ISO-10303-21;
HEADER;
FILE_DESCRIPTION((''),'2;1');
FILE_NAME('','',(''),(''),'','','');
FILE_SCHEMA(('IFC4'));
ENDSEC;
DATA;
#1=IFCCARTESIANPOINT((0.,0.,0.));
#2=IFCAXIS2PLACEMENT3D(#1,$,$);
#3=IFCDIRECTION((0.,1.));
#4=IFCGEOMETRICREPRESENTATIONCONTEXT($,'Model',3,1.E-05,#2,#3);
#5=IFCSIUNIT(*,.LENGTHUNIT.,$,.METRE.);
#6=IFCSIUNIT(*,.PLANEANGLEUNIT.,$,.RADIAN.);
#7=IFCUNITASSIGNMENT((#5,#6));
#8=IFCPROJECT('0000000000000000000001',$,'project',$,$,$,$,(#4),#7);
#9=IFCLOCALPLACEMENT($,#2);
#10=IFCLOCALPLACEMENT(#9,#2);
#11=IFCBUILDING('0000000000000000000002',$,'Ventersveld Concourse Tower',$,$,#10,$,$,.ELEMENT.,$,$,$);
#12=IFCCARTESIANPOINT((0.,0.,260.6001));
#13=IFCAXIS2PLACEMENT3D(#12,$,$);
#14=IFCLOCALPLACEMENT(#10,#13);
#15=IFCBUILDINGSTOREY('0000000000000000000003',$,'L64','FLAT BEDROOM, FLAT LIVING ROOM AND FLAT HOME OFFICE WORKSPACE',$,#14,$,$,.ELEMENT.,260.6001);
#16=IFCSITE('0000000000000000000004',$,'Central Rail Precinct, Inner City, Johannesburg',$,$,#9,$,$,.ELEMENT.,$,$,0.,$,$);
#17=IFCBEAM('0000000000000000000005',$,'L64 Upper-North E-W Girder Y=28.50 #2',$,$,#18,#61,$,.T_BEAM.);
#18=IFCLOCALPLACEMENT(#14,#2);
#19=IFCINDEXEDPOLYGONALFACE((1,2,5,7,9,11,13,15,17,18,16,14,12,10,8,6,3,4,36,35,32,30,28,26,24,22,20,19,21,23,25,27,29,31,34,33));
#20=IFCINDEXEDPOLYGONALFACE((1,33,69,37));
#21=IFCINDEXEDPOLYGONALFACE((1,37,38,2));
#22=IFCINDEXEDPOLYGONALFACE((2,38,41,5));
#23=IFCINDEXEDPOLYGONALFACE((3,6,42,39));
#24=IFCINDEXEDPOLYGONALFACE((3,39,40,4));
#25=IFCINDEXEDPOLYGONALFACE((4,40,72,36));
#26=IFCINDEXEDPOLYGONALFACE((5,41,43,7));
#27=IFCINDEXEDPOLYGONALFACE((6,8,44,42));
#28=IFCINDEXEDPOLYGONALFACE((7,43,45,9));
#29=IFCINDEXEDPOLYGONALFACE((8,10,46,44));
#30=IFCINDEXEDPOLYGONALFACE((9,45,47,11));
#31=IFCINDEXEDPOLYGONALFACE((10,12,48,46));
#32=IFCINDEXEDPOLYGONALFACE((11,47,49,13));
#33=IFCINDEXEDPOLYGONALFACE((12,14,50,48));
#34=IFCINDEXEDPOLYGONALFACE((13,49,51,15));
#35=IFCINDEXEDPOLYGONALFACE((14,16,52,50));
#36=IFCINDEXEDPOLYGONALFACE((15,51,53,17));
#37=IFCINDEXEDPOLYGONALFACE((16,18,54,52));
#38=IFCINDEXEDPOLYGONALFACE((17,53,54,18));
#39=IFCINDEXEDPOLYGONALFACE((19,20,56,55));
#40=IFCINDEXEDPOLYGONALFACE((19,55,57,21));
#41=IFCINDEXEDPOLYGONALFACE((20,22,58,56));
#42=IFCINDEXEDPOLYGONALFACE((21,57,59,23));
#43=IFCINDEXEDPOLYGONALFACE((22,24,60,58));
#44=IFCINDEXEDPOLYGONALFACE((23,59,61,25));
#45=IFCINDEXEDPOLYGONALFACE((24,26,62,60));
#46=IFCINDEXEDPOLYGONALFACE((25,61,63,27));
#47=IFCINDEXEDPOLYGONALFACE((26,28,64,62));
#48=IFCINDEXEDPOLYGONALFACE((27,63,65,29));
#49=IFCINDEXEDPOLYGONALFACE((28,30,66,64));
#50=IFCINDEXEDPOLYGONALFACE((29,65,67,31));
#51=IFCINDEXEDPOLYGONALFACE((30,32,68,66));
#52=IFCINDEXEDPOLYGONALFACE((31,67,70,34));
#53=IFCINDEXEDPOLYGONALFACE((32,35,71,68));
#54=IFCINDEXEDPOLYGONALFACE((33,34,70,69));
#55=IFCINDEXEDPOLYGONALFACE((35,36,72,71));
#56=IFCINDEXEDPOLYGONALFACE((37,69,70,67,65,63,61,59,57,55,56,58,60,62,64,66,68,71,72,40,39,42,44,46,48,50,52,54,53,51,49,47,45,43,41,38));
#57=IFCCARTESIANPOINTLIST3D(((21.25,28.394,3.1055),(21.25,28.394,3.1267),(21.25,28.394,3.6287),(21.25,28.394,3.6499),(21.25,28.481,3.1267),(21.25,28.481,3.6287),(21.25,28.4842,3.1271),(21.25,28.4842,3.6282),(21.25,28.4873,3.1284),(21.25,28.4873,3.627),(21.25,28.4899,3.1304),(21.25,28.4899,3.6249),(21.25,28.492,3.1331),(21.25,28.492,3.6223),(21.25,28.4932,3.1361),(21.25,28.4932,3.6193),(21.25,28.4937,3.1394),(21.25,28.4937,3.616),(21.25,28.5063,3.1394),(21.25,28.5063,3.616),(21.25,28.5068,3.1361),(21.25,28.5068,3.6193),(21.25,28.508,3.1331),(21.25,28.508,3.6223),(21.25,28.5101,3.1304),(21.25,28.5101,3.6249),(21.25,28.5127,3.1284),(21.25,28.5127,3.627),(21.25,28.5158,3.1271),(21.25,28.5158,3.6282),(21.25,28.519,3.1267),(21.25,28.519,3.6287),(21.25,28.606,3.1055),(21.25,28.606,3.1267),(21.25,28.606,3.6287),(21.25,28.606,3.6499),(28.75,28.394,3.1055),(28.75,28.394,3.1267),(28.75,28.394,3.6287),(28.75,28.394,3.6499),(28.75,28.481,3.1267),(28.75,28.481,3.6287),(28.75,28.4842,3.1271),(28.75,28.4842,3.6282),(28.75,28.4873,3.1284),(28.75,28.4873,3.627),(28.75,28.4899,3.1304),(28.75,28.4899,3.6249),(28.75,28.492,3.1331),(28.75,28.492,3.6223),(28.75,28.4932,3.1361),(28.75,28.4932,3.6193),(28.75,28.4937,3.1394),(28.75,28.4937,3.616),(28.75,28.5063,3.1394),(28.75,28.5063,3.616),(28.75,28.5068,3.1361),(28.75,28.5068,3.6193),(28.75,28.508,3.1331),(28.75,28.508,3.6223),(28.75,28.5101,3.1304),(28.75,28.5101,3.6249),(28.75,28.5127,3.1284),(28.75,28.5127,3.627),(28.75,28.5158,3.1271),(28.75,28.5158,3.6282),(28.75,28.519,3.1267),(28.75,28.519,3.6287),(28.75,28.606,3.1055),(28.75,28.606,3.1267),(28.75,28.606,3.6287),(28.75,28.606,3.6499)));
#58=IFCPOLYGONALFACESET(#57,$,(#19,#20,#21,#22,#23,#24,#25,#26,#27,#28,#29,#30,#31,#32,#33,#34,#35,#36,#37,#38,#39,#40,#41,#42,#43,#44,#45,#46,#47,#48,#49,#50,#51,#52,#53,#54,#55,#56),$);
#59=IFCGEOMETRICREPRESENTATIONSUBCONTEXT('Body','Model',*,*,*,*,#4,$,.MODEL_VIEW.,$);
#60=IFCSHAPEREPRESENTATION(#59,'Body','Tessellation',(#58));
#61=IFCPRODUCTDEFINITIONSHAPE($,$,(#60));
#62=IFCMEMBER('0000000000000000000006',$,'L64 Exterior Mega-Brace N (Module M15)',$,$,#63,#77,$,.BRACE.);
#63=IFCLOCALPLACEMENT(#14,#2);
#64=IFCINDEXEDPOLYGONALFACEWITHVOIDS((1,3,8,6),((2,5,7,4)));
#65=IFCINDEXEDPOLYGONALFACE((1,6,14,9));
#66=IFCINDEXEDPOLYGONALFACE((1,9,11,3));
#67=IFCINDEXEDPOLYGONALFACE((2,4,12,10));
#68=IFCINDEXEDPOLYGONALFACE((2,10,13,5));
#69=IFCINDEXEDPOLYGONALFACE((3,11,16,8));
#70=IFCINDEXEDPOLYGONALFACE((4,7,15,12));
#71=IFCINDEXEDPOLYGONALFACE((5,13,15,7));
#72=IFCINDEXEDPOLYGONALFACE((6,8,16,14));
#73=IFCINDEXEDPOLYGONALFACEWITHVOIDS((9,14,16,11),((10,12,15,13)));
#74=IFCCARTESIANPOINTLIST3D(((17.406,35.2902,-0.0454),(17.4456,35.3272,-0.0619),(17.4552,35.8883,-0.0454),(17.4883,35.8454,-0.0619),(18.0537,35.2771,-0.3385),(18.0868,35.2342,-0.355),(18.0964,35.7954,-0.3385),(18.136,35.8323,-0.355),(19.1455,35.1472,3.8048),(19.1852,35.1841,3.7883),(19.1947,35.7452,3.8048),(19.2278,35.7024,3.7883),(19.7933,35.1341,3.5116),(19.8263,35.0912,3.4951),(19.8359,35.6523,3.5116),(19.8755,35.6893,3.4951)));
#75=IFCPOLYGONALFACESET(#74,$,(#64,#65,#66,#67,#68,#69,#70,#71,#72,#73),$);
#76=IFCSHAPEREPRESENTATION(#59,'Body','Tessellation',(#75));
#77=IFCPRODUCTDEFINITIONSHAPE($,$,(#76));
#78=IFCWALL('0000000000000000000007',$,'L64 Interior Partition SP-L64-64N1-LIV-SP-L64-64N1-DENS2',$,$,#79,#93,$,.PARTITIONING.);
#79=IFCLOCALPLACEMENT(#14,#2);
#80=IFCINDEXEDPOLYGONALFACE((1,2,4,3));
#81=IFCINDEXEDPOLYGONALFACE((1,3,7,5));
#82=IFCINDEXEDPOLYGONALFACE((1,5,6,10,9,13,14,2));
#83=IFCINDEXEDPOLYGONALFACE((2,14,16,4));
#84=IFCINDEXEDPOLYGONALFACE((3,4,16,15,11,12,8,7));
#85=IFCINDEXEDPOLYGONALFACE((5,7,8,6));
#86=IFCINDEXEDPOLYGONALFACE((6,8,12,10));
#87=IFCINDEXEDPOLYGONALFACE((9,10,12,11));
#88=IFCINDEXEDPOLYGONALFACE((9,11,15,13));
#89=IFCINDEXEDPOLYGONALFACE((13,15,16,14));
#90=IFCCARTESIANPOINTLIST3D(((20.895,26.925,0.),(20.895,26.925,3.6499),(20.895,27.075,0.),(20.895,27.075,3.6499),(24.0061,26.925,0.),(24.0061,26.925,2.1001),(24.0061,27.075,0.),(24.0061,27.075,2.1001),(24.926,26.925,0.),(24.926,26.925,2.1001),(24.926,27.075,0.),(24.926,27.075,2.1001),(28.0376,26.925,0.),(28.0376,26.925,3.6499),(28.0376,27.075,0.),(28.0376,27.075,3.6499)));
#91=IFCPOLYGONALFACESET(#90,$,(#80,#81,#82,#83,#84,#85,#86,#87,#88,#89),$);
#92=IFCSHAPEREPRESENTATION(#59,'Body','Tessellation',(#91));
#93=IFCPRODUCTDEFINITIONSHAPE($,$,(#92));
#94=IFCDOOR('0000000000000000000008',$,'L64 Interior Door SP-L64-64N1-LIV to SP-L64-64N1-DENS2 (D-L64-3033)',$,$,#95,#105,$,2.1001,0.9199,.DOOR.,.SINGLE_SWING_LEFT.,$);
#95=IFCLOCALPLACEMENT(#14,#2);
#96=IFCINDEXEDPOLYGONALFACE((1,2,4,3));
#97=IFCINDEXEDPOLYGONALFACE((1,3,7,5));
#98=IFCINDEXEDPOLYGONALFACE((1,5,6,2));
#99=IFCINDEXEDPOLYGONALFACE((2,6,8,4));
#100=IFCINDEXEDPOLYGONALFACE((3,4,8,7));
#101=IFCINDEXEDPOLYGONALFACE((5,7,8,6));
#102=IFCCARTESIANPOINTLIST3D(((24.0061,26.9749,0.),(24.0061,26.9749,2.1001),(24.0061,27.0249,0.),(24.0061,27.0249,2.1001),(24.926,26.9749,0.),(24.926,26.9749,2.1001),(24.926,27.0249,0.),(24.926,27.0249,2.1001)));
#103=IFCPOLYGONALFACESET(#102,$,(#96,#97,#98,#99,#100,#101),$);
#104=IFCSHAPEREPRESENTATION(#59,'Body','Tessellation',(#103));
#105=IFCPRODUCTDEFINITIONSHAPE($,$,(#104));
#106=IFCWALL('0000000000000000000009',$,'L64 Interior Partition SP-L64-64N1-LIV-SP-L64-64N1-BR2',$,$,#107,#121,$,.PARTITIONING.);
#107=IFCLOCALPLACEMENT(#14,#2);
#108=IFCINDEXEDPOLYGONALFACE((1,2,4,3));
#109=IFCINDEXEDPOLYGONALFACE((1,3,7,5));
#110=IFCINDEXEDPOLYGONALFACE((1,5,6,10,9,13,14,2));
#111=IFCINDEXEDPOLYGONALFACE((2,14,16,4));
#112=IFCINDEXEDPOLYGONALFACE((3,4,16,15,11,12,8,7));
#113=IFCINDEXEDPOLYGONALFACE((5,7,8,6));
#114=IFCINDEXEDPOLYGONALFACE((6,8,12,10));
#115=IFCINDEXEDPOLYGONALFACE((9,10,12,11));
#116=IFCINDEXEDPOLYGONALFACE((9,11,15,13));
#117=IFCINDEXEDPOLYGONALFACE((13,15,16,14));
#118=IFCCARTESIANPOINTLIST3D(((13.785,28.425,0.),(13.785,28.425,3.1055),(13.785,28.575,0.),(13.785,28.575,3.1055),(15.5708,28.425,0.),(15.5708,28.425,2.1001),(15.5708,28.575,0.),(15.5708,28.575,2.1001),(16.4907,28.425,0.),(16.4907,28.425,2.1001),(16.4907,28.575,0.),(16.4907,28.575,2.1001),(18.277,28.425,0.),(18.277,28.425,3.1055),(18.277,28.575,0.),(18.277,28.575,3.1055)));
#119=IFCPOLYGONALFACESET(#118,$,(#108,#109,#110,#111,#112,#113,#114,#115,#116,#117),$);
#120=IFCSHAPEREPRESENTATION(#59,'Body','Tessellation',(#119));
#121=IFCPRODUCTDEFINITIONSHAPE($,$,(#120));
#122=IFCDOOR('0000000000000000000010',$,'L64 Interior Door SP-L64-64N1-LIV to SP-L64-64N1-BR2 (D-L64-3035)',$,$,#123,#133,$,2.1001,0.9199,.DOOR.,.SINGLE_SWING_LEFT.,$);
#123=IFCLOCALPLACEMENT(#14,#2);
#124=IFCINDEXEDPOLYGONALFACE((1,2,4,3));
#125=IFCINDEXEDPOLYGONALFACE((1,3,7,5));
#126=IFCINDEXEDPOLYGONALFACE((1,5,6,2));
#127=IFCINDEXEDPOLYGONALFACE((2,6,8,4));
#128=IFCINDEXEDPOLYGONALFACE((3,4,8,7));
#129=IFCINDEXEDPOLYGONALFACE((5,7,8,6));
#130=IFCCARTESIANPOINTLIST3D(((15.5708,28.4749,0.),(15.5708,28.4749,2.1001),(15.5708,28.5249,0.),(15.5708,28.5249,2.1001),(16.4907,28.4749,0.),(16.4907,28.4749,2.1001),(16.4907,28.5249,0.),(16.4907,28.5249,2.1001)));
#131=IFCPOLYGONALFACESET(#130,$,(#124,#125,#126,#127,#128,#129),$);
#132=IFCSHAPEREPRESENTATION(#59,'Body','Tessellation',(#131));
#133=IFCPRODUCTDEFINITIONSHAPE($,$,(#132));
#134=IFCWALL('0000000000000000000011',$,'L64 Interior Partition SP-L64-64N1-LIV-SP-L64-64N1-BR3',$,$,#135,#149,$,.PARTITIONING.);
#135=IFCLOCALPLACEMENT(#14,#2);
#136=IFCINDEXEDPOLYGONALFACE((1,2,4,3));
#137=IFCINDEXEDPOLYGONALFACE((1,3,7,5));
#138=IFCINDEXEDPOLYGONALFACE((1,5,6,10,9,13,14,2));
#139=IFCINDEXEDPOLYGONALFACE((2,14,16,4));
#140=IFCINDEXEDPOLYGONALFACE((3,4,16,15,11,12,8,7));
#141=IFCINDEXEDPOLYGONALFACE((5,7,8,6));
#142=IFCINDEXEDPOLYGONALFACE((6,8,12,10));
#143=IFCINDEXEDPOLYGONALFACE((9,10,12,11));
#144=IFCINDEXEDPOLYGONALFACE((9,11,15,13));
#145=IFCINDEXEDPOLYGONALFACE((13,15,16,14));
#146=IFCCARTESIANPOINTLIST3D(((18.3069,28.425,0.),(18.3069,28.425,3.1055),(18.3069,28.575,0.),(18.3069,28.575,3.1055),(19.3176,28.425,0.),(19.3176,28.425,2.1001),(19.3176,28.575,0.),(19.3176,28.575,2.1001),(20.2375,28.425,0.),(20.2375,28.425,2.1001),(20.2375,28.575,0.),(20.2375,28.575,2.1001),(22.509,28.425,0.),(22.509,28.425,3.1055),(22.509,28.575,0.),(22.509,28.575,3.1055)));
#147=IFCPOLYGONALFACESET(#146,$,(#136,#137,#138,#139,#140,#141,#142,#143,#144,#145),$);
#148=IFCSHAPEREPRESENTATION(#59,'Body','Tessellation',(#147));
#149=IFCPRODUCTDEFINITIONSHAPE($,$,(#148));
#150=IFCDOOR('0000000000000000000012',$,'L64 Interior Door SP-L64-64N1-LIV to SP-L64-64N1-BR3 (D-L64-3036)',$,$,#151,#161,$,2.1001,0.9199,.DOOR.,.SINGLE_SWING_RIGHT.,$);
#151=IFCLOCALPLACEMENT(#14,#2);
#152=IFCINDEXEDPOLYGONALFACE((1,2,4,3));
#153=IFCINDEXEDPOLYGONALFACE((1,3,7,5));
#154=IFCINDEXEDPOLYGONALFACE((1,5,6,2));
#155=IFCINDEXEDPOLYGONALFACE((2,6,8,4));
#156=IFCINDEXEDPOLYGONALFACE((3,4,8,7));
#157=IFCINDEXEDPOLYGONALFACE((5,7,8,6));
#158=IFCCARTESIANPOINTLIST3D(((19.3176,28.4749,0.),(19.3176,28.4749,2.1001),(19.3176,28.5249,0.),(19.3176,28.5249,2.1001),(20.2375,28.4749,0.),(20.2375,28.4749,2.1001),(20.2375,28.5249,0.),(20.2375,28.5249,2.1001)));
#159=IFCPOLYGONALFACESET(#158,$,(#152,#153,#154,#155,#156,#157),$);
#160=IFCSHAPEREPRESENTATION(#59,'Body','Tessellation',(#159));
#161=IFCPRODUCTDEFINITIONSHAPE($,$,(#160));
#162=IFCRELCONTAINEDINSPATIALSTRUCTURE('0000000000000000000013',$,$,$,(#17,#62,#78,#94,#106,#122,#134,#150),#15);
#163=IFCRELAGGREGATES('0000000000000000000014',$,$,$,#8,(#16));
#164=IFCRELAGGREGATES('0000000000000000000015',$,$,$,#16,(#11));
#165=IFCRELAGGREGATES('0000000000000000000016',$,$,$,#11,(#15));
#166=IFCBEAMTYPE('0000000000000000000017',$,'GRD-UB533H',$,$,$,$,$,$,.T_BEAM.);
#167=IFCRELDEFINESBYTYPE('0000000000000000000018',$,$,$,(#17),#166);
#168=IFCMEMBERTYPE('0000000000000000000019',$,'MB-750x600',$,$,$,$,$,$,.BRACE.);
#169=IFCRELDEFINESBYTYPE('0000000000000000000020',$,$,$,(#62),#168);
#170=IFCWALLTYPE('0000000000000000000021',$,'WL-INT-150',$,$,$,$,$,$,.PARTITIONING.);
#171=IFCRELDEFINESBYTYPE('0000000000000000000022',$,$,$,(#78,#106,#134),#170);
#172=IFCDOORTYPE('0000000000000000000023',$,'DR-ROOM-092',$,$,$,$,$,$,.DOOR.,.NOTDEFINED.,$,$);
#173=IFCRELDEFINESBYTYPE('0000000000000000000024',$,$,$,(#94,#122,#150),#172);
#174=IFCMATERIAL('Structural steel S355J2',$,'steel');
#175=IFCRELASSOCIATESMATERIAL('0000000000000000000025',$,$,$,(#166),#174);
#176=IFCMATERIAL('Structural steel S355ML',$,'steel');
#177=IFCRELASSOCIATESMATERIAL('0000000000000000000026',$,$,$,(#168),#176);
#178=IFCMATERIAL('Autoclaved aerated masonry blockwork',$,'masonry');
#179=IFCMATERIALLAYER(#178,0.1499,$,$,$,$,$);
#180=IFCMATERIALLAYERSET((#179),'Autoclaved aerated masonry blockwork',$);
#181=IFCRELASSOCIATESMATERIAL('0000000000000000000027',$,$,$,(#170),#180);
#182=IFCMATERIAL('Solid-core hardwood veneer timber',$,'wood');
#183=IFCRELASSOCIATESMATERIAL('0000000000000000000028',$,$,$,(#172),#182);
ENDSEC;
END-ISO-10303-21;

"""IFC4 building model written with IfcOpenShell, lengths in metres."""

from ifc_helpers import new_model, si_unit, direction, frame, frame_2d, origin, origin_2d, place, context, subcontext, project, spatial, rectangle, hollow_rectangle, i_section, extrude, material, layer, layer_set, material_profile, profile_set, type_object, element, fill, save


model = new_model("IFC4")

# Units and contexts
model_context = context("Model", 3, precision=1e-05, world=origin(), true_north=direction((0.0, 1.0)))
body_context = subcontext(model_context, "Body", "Model", "MODEL_VIEW")
ifc_project = project(units=[si_unit("LENGTHUNIT", "METRE"), si_unit("PLANEANGLEUNIT", "RADIAN")], contexts=[model_context])

# Site, building, storey
site_placement = place(None, origin())
site = spatial("IfcSite", under=ifc_project, at=site_placement, Name="Central Rail Precinct, Inner City, Johannesburg", CompositionType="ELEMENT", RefElevation=0.0)
building_placement = place(site_placement, origin())
building = spatial("IfcBuilding", under=site, at=building_placement, Name="Ventersveld Concourse Tower", CompositionType="ELEMENT")
storey_placement = place(building_placement, frame((0.0, 0.0, 260.6001)))
storey = spatial("IfcBuildingStorey", under=building, at=storey_placement, Name="L64", Description="FLAT BEDROOM, FLAT LIVING ROOM AND FLAT HOME OFFICE WORKSPACE", CompositionType="ELEMENT", Elevation=260.6001)

# Beam
ifc_material_1 = material(Name="Structural steel S355J2", Category="steel")
ifc_material_profile_1 = material_profile(ifc_material_1, i_section(OverallWidth=0.2119, OverallDepth=0.5444, WebThickness=0.0127, FlangeThickness=0.0212, FilletRadius=0.0127, at=origin_2d()), Name="UB 533x210x122")
ifc_profile_set_1 = profile_set([ifc_material_profile_1], Name="Structural steel S355J2")
beam_type_1 = type_object("IfcBeamType", Name="GRD-UB533H", PredefinedType="T_BEAM", material=ifc_profile_set_1)
for number, where, z_axis, x_axis, name in (
    (1, (21.25, 28.5, 3.3777), (1.0, 0.0, 0.0), (0.0, 1.0, 0.0), "L64 Upper-North E-W Girder Y=28.50 #2"),
):
    element("IfcBeam", number, at=place(storey_placement, frame(where, z_axis=z_axis, x_axis=x_axis)), inside=storey, type_object=beam_type_1, Name=name, PredefinedType="T_BEAM", context=body_context, shape_type="SweptSolid", body=[
        extrude(i_section(OverallWidth=0.2119, OverallDepth=0.5444, WebThickness=0.0127, FlangeThickness=0.0212, FilletRadius=0.0127, at=origin_2d()), origin(), (0.0, 0.0, 1.0), 7.5),
    ])

# Member
ifc_material_2 = material(Name="Structural steel S355ML", Category="steel")
ifc_material_profile_2 = material_profile(ifc_material_2, hollow_rectangle(XDim=0.6001, YDim=0.75, WallThickness=0.04, at=origin_2d()), Name="BOX 750x600x40")
ifc_profile_set_2 = profile_set([ifc_material_profile_2], Name="Structural steel S355ML")
member_type = type_object("IfcMemberType", Name="MB-750x600", PredefinedType="BRACE", material=ifc_profile_set_2)
member_placement = place(storey_placement, frame((17.771, 35.5613, -0.2002), z_axis=(0.411498, -0.033844, 0.910782), x_axis=(0.081969, 0.996635, 0.0)))
element("IfcMember", 2, at=member_placement, inside=storey, type_object=member_type, Name="L64 Exterior Mega-Brace N (Module M15)", PredefinedType="BRACE", context=body_context, shape_type="SweptSolid", body=[
    extrude(hollow_rectangle(XDim=0.6001, YDim=0.75, WallThickness=0.04, at=origin_2d()), origin(), (0.0, 0.0, 1.0), 4.2273),
])

# Walls, openings, doors
ifc_material_3 = material(Name="Autoclaved aerated masonry blockwork", Category="masonry")
ifc_layer = layer(ifc_material_3, 0.1499)
ifc_layer_set = layer_set([ifc_layer], Name="Autoclaved aerated masonry blockwork")
wall_type = type_object("IfcWallType", Name="WL-INT-150", PredefinedType="PARTITIONING", material=ifc_layer_set)
wall_1_placement = place(storey_placement, frame((20.895, 27.0, 0.0), z_axis=(0.0, 0.0, 1.0), x_axis=(1.0, 0.0, 0.0)))
wall_1 = element("IfcWall", 3, at=wall_1_placement, inside=storey, type_object=wall_type, Name="L64 Interior Partition SP-L64-64N1-LIV-SP-L64-64N1-DENS2", PredefinedType="PARTITIONING", context=body_context, shape_type="SweptSolid", body=[
    extrude(rectangle(XDim=7.1426, YDim=0.1499, at=frame_2d((3.5713, 0.0))), origin(), (0.0, 0.0, 1.0), 3.6499),
])
opening_1_placement = place(wall_1_placement, frame((3.1111, 0.0, 0.0)))
opening_1 = element("IfcOpeningElement", 4, at=opening_1_placement, cuts=wall_1, PredefinedType="OPENING", context=body_context, shape_type="SweptSolid", body=[
    extrude(rectangle(XDim=0.9199, YDim=2.1001, at=frame_2d((0.46, 1.05))), frame((0.0, 0.085, 0.0), z_axis=(0.0, -1.0, 0.0), x_axis=(1.0, 0.0, 0.0)), (0.0, 0.0, 1.0), 0.1699),
])
ifc_material_4 = material(Name="Solid-core hardwood veneer timber", Category="wood")
door_type = type_object("IfcDoorType", Name="DR-ROOM-092", OperationType="NOTDEFINED", PredefinedType="DOOR", material=ifc_material_4)
door_1_placement = place(opening_1_placement, origin())
door_1 = element("IfcDoor", 5, at=door_1_placement, inside=storey, type_object=door_type, Name="L64 Interior Door SP-L64-64N1-LIV to SP-L64-64N1-DENS2 (D-L64-3033)", OperationType="SINGLE_SWING_LEFT", OverallHeight=2.1001, OverallWidth=0.9199, PredefinedType="DOOR", context=body_context, shape_type="SweptSolid", body=[
    extrude(rectangle(XDim=0.9199, YDim=2.1001, at=frame_2d((0.46, 1.05))), frame((0.0, 0.0249, 0.0), z_axis=(0.0, -1.0, 0.0), x_axis=(1.0, 0.0, 0.0)), (0.0, 0.0, 1.0), 0.05),
])
fill(opening_1, door_1)
wall_2_placement = place(storey_placement, frame((13.7849, 28.5, 0.0), z_axis=(0.0, 0.0, 1.0), x_axis=(1.0, 0.0, 0.0)))
wall_2 = element("IfcWall", 6, at=wall_2_placement, inside=storey, type_object=wall_type, Name="L64 Interior Partition SP-L64-64N1-LIV-SP-L64-64N1-BR2", PredefinedType="PARTITIONING", context=body_context, shape_type="SweptSolid", body=[
    extrude(rectangle(XDim=4.4919, YDim=0.1499, at=frame_2d((2.2461, 0.0))), origin(), (0.0, 0.0, 1.0), 3.1055),
])
opening_2_placement = place(wall_2_placement, frame((1.7859, 0.0, 0.0)))
opening_2 = element("IfcOpeningElement", 7, at=opening_2_placement, cuts=wall_2, PredefinedType="OPENING", context=body_context, shape_type="SweptSolid", body=[
    extrude(rectangle(XDim=0.9199, YDim=2.1001, at=frame_2d((0.46, 1.05))), frame((0.0, 0.085, 0.0), z_axis=(0.0, -1.0, 0.0), x_axis=(1.0, 0.0, 0.0)), (0.0, 0.0, 1.0), 0.1699),
])
door_2_placement = place(opening_2_placement, origin())
door_2 = element("IfcDoor", 8, at=door_2_placement, inside=storey, type_object=door_type, Name="L64 Interior Door SP-L64-64N1-LIV to SP-L64-64N1-BR2 (D-L64-3035)", OperationType="SINGLE_SWING_LEFT", OverallHeight=2.1001, OverallWidth=0.9199, PredefinedType="DOOR", context=body_context, shape_type="SweptSolid", body=[
    extrude(rectangle(XDim=0.9199, YDim=2.1001, at=frame_2d((0.46, 1.05))), frame((0.0, 0.0249, 0.0), z_axis=(0.0, -1.0, 0.0), x_axis=(1.0, 0.0, 0.0)), (0.0, 0.0, 1.0), 0.05),
])
fill(opening_2, door_2)
wall_3_placement = place(storey_placement, frame((18.3069, 28.5, 0.0), z_axis=(0.0, 0.0, 1.0), x_axis=(1.0, 0.0, 0.0)))
wall_3 = element("IfcWall", 9, at=wall_3_placement, inside=storey, type_object=wall_type, Name="L64 Interior Partition SP-L64-64N1-LIV-SP-L64-64N1-BR3", PredefinedType="PARTITIONING", context=body_context, shape_type="SweptSolid", body=[
    extrude(rectangle(XDim=4.2021, YDim=0.1499, at=frame_2d((2.1011, 0.0))), origin(), (0.0, 0.0, 1.0), 3.1055),
])
opening_3_placement = place(wall_3_placement, frame((1.0107, 0.0, 0.0)))
opening_3 = element("IfcOpeningElement", 10, at=opening_3_placement, cuts=wall_3, PredefinedType="OPENING", context=body_context, shape_type="SweptSolid", body=[
    extrude(rectangle(XDim=0.9199, YDim=2.1001, at=frame_2d((0.46, 1.05))), frame((0.0, 0.085, 0.0), z_axis=(0.0, -1.0, 0.0), x_axis=(1.0, 0.0, 0.0)), (0.0, 0.0, 1.0), 0.1699),
])
door_3_placement = place(opening_3_placement, origin())
door_3 = element("IfcDoor", 11, at=door_3_placement, inside=storey, type_object=door_type, Name="L64 Interior Door SP-L64-64N1-LIV to SP-L64-64N1-BR3 (D-L64-3036)", OperationType="SINGLE_SWING_RIGHT", OverallHeight=2.1001, OverallWidth=0.9199, PredefinedType="DOOR", context=body_context, shape_type="SweptSolid", body=[
    extrude(rectangle(XDim=0.9199, YDim=2.1001, at=frame_2d((0.46, 1.05))), frame((0.0, 0.0249, 0.0), z_axis=(0.0, -1.0, 0.0), x_axis=(1.0, 0.0, 0.0)), (0.0, 0.0, 1.0), 0.05),
])
fill(opening_3, door_3)

save(model, "model.ifc")
